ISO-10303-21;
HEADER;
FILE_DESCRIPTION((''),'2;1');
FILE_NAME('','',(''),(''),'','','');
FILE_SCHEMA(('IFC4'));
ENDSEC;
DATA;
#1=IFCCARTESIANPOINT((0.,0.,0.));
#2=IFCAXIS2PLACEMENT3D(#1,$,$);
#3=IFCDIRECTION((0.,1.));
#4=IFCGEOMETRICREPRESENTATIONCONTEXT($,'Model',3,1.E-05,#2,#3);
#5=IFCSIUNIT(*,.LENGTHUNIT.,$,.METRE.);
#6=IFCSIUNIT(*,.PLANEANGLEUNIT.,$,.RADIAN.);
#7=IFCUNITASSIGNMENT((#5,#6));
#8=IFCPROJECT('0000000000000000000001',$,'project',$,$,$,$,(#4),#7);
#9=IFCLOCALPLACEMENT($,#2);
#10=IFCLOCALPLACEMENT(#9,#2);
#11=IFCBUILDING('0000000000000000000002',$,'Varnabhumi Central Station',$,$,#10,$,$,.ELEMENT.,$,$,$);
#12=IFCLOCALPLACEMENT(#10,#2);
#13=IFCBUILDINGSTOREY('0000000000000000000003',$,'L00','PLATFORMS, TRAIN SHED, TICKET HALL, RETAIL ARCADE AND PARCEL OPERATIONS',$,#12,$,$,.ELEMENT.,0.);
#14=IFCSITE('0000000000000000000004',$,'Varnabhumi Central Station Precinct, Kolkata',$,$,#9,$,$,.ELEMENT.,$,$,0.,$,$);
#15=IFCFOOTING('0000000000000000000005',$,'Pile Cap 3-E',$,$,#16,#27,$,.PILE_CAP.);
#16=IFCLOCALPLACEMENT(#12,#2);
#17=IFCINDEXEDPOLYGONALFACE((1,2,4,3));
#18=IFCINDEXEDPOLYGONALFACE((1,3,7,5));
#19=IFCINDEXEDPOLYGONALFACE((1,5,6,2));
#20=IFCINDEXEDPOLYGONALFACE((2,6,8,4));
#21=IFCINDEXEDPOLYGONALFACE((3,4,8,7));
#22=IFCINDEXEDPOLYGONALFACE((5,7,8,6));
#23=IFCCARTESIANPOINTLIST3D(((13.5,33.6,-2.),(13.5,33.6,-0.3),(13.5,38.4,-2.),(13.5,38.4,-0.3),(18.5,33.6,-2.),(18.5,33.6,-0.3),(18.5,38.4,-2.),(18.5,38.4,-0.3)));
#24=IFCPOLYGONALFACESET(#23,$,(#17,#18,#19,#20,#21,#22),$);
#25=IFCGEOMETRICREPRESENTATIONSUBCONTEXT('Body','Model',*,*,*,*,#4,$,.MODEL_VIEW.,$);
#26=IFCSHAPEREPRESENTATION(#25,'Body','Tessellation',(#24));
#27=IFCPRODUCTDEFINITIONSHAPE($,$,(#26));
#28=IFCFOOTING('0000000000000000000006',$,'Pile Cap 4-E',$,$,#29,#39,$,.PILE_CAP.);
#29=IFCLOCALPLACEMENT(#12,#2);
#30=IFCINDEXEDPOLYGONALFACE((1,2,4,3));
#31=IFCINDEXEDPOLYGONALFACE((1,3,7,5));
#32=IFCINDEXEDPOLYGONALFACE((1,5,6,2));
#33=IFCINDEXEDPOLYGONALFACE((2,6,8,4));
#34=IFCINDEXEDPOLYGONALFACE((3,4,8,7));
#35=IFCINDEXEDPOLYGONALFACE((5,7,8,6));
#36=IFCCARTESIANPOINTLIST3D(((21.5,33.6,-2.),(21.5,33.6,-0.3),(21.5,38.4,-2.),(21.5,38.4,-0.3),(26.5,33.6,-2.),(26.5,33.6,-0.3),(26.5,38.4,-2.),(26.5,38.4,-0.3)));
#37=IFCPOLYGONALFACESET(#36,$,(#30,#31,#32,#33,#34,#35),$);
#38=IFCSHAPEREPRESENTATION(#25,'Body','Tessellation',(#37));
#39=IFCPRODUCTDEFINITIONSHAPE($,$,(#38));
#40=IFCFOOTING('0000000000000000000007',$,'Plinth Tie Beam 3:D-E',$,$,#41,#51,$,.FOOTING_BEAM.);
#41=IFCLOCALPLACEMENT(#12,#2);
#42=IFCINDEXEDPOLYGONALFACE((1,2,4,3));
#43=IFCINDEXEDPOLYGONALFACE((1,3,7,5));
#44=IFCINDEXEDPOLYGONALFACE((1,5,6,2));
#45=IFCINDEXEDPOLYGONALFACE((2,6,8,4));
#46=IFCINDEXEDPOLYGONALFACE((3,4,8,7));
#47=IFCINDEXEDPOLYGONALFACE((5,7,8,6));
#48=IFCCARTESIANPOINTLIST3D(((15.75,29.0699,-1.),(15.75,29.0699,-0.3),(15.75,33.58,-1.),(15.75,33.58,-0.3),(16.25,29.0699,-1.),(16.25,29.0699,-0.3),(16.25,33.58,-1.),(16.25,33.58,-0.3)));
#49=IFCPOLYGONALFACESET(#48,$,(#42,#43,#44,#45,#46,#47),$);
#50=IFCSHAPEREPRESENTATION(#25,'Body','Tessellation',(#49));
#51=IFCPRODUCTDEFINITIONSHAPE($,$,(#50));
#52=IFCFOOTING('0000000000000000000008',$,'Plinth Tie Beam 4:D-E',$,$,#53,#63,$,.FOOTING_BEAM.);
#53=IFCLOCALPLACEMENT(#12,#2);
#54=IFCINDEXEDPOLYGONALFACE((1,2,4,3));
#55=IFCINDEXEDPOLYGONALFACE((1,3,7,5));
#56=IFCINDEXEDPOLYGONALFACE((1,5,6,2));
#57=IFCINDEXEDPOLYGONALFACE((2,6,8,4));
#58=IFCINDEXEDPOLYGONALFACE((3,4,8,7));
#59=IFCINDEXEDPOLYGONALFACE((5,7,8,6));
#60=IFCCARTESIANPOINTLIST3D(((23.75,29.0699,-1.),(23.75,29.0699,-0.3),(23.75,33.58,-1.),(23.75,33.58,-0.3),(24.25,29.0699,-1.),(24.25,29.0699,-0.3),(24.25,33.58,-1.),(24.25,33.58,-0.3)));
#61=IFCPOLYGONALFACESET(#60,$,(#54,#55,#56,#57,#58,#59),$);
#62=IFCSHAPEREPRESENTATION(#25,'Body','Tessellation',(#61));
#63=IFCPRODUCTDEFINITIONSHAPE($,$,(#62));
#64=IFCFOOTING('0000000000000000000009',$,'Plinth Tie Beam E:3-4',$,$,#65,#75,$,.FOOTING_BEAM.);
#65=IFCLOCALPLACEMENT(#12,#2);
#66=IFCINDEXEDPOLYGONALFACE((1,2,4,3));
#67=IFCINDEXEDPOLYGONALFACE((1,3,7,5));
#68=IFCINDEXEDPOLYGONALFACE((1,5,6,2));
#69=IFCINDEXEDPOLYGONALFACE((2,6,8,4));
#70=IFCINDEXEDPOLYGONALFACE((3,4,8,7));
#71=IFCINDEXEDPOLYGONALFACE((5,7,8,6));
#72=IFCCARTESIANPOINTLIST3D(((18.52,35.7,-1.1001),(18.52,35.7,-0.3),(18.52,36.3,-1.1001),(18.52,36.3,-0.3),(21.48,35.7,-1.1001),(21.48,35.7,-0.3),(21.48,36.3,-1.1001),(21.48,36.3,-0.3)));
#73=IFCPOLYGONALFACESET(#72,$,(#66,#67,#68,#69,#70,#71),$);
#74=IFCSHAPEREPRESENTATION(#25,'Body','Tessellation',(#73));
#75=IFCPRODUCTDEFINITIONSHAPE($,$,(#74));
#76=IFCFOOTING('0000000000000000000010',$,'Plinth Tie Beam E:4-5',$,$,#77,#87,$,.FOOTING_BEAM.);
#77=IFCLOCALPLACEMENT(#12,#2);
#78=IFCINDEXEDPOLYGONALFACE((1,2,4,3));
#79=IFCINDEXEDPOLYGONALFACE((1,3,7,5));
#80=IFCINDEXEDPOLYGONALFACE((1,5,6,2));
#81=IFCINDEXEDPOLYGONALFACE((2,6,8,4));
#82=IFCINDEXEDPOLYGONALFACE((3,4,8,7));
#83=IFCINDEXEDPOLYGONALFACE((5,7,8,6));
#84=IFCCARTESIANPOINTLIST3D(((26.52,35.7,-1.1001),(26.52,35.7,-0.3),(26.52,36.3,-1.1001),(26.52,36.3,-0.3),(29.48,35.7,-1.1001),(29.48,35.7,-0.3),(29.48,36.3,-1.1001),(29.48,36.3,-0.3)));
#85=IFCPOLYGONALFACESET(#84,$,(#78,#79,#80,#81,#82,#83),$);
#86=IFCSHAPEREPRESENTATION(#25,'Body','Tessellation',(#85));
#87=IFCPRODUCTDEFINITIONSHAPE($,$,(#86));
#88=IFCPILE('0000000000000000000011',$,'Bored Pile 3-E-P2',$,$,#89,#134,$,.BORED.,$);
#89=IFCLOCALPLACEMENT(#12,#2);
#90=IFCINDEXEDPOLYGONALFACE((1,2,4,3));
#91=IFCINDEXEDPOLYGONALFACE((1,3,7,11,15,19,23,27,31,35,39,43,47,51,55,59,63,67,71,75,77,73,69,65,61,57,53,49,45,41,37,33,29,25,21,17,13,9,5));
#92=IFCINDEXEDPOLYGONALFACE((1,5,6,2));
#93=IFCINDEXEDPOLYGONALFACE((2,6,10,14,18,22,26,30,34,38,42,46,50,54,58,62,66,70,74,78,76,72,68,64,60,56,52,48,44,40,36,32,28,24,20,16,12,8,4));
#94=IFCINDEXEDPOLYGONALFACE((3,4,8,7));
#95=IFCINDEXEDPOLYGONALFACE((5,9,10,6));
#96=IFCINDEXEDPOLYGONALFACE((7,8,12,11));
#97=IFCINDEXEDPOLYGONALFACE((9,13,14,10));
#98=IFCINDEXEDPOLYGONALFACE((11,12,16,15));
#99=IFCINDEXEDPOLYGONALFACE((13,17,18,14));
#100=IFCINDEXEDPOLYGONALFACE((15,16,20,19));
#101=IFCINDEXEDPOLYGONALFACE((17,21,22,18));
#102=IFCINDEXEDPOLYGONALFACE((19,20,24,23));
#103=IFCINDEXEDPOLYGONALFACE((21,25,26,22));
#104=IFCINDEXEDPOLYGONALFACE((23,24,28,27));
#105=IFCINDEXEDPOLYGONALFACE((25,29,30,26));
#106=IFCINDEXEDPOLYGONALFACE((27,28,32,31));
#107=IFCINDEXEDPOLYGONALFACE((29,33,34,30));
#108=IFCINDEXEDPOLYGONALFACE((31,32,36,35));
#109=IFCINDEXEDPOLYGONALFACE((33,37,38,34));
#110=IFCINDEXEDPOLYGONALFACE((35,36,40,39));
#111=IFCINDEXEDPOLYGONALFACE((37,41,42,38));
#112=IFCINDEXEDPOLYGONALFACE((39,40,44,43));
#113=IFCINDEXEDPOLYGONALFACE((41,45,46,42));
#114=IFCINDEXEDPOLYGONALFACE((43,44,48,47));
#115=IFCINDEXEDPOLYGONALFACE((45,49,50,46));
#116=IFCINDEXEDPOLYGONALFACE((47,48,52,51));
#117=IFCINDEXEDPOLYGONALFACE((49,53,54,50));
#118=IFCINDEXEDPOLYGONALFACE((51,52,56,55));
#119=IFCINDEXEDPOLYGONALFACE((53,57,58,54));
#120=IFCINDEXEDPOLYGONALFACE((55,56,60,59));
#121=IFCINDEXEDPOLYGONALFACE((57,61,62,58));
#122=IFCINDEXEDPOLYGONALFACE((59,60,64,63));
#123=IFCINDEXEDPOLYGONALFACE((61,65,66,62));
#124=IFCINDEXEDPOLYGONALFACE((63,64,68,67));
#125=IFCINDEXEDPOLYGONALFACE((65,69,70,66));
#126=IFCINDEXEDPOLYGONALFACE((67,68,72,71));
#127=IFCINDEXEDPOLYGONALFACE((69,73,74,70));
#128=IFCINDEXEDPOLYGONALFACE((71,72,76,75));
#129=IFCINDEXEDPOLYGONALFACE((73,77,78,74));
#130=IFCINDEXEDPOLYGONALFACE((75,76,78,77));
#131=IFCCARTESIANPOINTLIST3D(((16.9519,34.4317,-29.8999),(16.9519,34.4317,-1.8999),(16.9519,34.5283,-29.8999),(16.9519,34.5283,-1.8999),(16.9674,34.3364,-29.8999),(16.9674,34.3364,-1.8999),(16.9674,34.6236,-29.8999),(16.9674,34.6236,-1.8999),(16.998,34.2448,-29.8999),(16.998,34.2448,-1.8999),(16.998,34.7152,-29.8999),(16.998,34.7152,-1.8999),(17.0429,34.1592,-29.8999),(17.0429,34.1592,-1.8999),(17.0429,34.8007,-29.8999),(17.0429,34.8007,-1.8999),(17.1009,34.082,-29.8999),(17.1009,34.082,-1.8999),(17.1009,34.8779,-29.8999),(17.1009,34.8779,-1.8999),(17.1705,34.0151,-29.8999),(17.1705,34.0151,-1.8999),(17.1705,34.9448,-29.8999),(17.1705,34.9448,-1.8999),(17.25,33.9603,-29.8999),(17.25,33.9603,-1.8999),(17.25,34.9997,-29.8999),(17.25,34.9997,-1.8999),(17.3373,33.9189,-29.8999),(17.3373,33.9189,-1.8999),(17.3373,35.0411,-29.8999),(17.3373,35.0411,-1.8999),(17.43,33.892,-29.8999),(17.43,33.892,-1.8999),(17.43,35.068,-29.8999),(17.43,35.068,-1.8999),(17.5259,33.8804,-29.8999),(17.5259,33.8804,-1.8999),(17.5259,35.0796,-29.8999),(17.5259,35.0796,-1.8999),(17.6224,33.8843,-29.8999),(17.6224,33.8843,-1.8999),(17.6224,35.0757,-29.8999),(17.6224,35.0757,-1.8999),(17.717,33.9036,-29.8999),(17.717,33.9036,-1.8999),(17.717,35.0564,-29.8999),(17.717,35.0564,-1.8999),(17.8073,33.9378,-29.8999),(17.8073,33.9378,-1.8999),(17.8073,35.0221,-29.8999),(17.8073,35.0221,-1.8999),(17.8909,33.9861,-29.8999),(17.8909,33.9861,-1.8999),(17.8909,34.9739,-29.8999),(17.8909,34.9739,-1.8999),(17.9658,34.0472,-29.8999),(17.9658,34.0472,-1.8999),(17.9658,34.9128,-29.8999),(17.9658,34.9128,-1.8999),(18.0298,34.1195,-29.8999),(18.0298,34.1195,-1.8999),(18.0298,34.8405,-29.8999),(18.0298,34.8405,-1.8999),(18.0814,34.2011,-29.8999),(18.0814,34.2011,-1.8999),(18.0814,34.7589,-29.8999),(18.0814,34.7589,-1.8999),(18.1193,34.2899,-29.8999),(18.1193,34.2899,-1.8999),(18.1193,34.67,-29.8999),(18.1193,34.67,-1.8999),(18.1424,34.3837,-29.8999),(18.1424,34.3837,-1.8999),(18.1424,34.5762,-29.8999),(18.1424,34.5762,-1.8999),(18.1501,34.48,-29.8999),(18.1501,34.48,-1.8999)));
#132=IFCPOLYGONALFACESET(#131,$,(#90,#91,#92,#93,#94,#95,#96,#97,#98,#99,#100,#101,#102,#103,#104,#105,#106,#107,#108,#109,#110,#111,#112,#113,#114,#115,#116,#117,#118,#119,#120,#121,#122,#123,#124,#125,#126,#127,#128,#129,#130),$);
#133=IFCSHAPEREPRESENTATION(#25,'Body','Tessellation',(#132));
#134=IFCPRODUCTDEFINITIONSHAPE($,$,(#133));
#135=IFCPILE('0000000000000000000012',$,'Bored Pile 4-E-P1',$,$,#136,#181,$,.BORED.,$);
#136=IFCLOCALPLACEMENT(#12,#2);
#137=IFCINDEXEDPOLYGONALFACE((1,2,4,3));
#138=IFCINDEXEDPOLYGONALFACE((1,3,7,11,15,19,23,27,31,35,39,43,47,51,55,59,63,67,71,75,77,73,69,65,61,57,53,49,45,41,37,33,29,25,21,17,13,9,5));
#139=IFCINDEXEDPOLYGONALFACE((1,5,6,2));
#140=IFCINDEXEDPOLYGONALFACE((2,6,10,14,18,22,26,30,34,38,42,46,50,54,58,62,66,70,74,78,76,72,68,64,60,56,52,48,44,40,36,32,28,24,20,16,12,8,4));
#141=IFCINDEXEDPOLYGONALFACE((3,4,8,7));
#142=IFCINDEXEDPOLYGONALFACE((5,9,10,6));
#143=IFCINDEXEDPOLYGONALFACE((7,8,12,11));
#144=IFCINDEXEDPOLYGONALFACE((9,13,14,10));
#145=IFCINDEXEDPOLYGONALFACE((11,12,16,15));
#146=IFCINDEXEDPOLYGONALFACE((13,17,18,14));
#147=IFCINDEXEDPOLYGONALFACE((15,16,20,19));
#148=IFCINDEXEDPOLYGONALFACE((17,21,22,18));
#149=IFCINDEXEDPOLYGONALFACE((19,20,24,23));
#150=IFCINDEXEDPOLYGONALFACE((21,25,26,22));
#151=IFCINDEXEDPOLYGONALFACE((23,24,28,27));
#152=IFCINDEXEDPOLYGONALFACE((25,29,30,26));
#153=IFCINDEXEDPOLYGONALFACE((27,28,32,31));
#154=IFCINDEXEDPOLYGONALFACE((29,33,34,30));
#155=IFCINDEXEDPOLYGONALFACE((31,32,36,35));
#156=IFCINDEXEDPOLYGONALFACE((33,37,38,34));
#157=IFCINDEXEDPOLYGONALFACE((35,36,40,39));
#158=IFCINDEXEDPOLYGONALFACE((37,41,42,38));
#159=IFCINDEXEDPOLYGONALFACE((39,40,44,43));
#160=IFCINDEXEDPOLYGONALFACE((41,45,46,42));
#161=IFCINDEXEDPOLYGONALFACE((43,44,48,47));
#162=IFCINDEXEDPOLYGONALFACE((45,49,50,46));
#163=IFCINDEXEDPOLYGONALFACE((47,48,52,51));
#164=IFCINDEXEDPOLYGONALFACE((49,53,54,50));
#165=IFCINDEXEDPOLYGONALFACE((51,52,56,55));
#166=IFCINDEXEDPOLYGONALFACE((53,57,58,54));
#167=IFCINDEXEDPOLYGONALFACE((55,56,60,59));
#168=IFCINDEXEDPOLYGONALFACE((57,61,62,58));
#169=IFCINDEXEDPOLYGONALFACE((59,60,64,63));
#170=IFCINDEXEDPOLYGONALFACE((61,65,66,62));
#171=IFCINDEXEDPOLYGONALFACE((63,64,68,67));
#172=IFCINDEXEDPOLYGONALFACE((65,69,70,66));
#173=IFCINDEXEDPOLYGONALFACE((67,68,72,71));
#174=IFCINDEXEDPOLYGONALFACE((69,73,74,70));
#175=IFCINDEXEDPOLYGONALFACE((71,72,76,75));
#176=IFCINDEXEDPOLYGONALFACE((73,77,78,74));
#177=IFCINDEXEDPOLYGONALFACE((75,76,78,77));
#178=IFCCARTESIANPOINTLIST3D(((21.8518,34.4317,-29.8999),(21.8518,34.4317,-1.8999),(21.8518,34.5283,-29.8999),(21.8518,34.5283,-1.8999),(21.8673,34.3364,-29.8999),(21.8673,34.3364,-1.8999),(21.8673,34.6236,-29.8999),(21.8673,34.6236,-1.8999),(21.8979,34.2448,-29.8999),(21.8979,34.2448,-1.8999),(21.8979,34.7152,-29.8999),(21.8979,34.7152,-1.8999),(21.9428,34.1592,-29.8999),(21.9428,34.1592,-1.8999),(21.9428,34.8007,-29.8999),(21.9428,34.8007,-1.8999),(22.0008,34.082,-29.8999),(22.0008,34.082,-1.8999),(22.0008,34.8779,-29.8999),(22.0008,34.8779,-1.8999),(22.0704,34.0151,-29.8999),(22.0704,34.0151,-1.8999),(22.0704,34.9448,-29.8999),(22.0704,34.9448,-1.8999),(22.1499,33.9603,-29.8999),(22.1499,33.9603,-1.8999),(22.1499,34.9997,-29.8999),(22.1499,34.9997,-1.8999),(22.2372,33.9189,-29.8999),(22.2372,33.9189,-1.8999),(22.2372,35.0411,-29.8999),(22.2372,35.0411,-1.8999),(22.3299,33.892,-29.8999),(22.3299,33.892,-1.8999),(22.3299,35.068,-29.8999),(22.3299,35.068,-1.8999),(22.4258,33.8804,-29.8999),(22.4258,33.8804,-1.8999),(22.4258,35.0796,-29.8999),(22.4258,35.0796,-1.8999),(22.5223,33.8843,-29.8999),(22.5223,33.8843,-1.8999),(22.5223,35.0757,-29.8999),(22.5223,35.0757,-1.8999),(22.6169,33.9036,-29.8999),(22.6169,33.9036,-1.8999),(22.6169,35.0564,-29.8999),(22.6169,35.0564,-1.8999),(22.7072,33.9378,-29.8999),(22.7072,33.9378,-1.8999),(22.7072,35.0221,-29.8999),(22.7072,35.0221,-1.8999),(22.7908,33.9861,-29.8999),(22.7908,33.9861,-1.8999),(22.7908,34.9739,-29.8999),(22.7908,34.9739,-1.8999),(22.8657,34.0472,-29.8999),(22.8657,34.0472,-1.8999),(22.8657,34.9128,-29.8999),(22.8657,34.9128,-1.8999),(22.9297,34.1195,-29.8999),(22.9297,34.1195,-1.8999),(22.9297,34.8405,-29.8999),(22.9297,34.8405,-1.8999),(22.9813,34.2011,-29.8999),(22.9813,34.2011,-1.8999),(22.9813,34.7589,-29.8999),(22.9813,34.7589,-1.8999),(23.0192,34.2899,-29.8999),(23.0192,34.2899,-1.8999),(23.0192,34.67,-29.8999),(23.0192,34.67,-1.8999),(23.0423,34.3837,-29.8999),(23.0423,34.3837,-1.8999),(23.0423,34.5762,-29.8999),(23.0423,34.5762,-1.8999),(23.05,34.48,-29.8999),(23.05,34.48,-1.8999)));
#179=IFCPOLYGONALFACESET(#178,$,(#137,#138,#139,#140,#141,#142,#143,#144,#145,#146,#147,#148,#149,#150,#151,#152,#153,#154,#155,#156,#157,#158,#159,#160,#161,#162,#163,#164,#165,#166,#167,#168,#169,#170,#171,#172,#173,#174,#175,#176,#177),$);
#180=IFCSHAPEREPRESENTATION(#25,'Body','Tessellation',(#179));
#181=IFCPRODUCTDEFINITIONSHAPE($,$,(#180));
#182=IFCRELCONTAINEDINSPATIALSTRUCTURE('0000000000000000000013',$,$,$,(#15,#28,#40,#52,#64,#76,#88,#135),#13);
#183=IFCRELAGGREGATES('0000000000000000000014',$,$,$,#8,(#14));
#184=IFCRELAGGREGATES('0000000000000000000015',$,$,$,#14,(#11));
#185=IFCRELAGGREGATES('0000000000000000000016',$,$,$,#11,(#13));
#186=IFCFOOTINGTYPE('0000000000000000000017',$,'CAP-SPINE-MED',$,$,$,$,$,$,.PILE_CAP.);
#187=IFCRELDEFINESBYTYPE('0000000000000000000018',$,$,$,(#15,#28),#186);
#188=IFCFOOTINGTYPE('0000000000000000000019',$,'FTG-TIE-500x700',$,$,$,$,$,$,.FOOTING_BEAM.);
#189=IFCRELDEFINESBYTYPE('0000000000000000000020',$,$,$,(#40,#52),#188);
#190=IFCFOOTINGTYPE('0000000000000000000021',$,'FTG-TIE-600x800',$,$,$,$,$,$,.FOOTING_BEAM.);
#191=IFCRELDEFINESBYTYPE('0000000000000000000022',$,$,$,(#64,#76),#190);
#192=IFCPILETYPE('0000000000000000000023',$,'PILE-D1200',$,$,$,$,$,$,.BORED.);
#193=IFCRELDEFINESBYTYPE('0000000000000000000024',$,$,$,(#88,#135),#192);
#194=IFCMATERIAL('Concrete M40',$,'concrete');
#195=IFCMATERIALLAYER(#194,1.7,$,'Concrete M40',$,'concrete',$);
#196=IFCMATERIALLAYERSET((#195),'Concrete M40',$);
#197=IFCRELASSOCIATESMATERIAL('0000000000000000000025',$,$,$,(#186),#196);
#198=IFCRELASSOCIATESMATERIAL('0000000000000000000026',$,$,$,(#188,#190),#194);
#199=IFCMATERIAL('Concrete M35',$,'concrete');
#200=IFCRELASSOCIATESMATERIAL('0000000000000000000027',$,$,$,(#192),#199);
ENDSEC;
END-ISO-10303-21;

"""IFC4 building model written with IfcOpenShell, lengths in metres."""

from ifc_helpers import new_model, si_unit, direction, frame, origin, origin_2d, place, context, subcontext, project, spatial, rectangle, circle, extrude, material, layer, layer_set, material_profile, profile_set, type_object, element, save


model = new_model("IFC4")

# Units and contexts
model_context = context("Model", 3, precision=1e-05, world=origin(), true_north=direction((0.0, 1.0)))
body_context = subcontext(model_context, "Body", "Model", "MODEL_VIEW")
ifc_project = project(units=[si_unit("LENGTHUNIT", "METRE"), si_unit("PLANEANGLEUNIT", "RADIAN")], contexts=[model_context])

# Site, building, storey
site_placement = place(None, origin())
site = spatial("IfcSite", under=ifc_project, at=site_placement, Name="Varnabhumi Central Station Precinct, Kolkata", CompositionType="ELEMENT", RefElevation=0.0)
building_placement = place(site_placement, origin())
building = spatial("IfcBuilding", under=site, at=building_placement, Name="Varnabhumi Central Station", CompositionType="ELEMENT")
storey_placement = place(building_placement, origin())
storey = spatial("IfcBuildingStorey", under=building, at=storey_placement, Name="L00", Description="PLATFORMS, TRAIN SHED, TICKET HALL, RETAIL ARCADE AND PARCEL OPERATIONS", CompositionType="ELEMENT", Elevation=0.0)

# Footings
ifc_material_1 = material(Name="Concrete M40", Category="concrete")
ifc_layer_1 = layer(ifc_material_1, 1.7, Name="Concrete M40", Category="concrete")
ifc_layer_set_1 = layer_set([ifc_layer_1], Name="Concrete M40")
footing_type_1 = type_object("IfcFootingType", Name="CAP-SPINE-MED", PredefinedType="PILE_CAP", material=ifc_layer_set_1)
for number, where, z_axis, x_axis, name in (
    (1, (16.0, 36.0, -2.0), (0.0, 0.0, 1.0), (1.0, 0.0, 0.0), "Pile Cap 3-E"),
    (2, (24.0, 36.0, -2.0), (0.0, 0.0, 1.0), (1.0, 0.0, 0.0), "Pile Cap 4-E"),
):
    element("IfcFooting", number, at=place(storey_placement, frame(where, z_axis=z_axis, x_axis=x_axis)), inside=storey, type_object=footing_type_1, Name=name, PredefinedType="PILE_CAP", context=body_context, shape_type="SweptSolid", body=[
        extrude(rectangle(XDim=5.0, YDim=4.8, at=origin_2d()), origin(), (0.0, 0.0, 1.0), 1.7),
    ])
footing_type_2 = type_object("IfcFootingType", Name="FTG-TIE-500x700", PredefinedType="FOOTING_BEAM", material=ifc_material_1)
for number, where, z_axis, x_axis, name in (
    (3, (16.0, 31.325, -1.0), (0.0, 0.0, 1.0), (1.0, 0.0, 0.0), "Plinth Tie Beam 3:D-E"),
    (4, (24.0, 31.325, -1.0), (0.0, 0.0, 1.0), (1.0, 0.0, 0.0), "Plinth Tie Beam 4:D-E"),
):
    element("IfcFooting", number, at=place(storey_placement, frame(where, z_axis=z_axis, x_axis=x_axis)), inside=storey, type_object=footing_type_2, Name=name, PredefinedType="FOOTING_BEAM", context=body_context, shape_type="SweptSolid", body=[
        extrude(rectangle(XDim=0.5, YDim=4.51, at=origin_2d()), origin(), (0.0, 0.0, 1.0), 0.7),
    ])
footing_type_3 = type_object("IfcFootingType", Name="FTG-TIE-600x800", PredefinedType="FOOTING_BEAM", material=ifc_material_1)
for number, where, z_axis, x_axis, name in (
    (5, (20.0, 36.0, -1.1001), (0.0, 0.0, 1.0), (1.0, 0.0, 0.0), "Plinth Tie Beam E:3-4"),
    (6, (28.0, 36.0, -1.1001), (0.0, 0.0, 1.0), (1.0, 0.0, 0.0), "Plinth Tie Beam E:4-5"),
):
    element("IfcFooting", number, at=place(storey_placement, frame(where, z_axis=z_axis, x_axis=x_axis)), inside=storey, type_object=footing_type_3, Name=name, PredefinedType="FOOTING_BEAM", context=body_context, shape_type="SweptSolid", body=[
        extrude(rectangle(XDim=2.96, YDim=0.6001, at=origin_2d()), origin(), (0.0, 0.0, 1.0), 0.8),
    ])

# Piles
ifc_material_2 = material(Name="Concrete M35", Category="concrete")
ifc_material_profile_1 = material_profile(ifc_material_2, circle(Radius=0.6001, at=origin_2d()), Name="Concrete M35", Category="concrete")
ifc_profile_set_1 = profile_set([ifc_material_profile_1], Name="Concrete M35")
pile_type = type_object("IfcPileType", Name="PILE-D1200", PredefinedType="BORED", material=ifc_profile_set_1)
for number, where, z_axis, x_axis, name in (
    (7, (17.55, 34.48, -1.8999), (0.0, 0.0, -1.0), (1.0, 0.0, 0.0), "Bored Pile 3-E-P2"),
    (8, (22.45, 34.48, -1.8999), (0.0, 0.0, -1.0), (1.0, 0.0, 0.0), "Bored Pile 4-E-P1"),
):
    element("IfcPile", number, at=place(storey_placement, frame(where, z_axis=z_axis, x_axis=x_axis)), inside=storey, type_object=pile_type, Name=name, PredefinedType="BORED", context=body_context, shape_type="SweptSolid", body=[
        extrude(circle(Radius=0.6001, at=origin_2d()), origin(), (0.0, 0.0, 1.0), 28.0),
    ])

save(model, "model.ifc")
